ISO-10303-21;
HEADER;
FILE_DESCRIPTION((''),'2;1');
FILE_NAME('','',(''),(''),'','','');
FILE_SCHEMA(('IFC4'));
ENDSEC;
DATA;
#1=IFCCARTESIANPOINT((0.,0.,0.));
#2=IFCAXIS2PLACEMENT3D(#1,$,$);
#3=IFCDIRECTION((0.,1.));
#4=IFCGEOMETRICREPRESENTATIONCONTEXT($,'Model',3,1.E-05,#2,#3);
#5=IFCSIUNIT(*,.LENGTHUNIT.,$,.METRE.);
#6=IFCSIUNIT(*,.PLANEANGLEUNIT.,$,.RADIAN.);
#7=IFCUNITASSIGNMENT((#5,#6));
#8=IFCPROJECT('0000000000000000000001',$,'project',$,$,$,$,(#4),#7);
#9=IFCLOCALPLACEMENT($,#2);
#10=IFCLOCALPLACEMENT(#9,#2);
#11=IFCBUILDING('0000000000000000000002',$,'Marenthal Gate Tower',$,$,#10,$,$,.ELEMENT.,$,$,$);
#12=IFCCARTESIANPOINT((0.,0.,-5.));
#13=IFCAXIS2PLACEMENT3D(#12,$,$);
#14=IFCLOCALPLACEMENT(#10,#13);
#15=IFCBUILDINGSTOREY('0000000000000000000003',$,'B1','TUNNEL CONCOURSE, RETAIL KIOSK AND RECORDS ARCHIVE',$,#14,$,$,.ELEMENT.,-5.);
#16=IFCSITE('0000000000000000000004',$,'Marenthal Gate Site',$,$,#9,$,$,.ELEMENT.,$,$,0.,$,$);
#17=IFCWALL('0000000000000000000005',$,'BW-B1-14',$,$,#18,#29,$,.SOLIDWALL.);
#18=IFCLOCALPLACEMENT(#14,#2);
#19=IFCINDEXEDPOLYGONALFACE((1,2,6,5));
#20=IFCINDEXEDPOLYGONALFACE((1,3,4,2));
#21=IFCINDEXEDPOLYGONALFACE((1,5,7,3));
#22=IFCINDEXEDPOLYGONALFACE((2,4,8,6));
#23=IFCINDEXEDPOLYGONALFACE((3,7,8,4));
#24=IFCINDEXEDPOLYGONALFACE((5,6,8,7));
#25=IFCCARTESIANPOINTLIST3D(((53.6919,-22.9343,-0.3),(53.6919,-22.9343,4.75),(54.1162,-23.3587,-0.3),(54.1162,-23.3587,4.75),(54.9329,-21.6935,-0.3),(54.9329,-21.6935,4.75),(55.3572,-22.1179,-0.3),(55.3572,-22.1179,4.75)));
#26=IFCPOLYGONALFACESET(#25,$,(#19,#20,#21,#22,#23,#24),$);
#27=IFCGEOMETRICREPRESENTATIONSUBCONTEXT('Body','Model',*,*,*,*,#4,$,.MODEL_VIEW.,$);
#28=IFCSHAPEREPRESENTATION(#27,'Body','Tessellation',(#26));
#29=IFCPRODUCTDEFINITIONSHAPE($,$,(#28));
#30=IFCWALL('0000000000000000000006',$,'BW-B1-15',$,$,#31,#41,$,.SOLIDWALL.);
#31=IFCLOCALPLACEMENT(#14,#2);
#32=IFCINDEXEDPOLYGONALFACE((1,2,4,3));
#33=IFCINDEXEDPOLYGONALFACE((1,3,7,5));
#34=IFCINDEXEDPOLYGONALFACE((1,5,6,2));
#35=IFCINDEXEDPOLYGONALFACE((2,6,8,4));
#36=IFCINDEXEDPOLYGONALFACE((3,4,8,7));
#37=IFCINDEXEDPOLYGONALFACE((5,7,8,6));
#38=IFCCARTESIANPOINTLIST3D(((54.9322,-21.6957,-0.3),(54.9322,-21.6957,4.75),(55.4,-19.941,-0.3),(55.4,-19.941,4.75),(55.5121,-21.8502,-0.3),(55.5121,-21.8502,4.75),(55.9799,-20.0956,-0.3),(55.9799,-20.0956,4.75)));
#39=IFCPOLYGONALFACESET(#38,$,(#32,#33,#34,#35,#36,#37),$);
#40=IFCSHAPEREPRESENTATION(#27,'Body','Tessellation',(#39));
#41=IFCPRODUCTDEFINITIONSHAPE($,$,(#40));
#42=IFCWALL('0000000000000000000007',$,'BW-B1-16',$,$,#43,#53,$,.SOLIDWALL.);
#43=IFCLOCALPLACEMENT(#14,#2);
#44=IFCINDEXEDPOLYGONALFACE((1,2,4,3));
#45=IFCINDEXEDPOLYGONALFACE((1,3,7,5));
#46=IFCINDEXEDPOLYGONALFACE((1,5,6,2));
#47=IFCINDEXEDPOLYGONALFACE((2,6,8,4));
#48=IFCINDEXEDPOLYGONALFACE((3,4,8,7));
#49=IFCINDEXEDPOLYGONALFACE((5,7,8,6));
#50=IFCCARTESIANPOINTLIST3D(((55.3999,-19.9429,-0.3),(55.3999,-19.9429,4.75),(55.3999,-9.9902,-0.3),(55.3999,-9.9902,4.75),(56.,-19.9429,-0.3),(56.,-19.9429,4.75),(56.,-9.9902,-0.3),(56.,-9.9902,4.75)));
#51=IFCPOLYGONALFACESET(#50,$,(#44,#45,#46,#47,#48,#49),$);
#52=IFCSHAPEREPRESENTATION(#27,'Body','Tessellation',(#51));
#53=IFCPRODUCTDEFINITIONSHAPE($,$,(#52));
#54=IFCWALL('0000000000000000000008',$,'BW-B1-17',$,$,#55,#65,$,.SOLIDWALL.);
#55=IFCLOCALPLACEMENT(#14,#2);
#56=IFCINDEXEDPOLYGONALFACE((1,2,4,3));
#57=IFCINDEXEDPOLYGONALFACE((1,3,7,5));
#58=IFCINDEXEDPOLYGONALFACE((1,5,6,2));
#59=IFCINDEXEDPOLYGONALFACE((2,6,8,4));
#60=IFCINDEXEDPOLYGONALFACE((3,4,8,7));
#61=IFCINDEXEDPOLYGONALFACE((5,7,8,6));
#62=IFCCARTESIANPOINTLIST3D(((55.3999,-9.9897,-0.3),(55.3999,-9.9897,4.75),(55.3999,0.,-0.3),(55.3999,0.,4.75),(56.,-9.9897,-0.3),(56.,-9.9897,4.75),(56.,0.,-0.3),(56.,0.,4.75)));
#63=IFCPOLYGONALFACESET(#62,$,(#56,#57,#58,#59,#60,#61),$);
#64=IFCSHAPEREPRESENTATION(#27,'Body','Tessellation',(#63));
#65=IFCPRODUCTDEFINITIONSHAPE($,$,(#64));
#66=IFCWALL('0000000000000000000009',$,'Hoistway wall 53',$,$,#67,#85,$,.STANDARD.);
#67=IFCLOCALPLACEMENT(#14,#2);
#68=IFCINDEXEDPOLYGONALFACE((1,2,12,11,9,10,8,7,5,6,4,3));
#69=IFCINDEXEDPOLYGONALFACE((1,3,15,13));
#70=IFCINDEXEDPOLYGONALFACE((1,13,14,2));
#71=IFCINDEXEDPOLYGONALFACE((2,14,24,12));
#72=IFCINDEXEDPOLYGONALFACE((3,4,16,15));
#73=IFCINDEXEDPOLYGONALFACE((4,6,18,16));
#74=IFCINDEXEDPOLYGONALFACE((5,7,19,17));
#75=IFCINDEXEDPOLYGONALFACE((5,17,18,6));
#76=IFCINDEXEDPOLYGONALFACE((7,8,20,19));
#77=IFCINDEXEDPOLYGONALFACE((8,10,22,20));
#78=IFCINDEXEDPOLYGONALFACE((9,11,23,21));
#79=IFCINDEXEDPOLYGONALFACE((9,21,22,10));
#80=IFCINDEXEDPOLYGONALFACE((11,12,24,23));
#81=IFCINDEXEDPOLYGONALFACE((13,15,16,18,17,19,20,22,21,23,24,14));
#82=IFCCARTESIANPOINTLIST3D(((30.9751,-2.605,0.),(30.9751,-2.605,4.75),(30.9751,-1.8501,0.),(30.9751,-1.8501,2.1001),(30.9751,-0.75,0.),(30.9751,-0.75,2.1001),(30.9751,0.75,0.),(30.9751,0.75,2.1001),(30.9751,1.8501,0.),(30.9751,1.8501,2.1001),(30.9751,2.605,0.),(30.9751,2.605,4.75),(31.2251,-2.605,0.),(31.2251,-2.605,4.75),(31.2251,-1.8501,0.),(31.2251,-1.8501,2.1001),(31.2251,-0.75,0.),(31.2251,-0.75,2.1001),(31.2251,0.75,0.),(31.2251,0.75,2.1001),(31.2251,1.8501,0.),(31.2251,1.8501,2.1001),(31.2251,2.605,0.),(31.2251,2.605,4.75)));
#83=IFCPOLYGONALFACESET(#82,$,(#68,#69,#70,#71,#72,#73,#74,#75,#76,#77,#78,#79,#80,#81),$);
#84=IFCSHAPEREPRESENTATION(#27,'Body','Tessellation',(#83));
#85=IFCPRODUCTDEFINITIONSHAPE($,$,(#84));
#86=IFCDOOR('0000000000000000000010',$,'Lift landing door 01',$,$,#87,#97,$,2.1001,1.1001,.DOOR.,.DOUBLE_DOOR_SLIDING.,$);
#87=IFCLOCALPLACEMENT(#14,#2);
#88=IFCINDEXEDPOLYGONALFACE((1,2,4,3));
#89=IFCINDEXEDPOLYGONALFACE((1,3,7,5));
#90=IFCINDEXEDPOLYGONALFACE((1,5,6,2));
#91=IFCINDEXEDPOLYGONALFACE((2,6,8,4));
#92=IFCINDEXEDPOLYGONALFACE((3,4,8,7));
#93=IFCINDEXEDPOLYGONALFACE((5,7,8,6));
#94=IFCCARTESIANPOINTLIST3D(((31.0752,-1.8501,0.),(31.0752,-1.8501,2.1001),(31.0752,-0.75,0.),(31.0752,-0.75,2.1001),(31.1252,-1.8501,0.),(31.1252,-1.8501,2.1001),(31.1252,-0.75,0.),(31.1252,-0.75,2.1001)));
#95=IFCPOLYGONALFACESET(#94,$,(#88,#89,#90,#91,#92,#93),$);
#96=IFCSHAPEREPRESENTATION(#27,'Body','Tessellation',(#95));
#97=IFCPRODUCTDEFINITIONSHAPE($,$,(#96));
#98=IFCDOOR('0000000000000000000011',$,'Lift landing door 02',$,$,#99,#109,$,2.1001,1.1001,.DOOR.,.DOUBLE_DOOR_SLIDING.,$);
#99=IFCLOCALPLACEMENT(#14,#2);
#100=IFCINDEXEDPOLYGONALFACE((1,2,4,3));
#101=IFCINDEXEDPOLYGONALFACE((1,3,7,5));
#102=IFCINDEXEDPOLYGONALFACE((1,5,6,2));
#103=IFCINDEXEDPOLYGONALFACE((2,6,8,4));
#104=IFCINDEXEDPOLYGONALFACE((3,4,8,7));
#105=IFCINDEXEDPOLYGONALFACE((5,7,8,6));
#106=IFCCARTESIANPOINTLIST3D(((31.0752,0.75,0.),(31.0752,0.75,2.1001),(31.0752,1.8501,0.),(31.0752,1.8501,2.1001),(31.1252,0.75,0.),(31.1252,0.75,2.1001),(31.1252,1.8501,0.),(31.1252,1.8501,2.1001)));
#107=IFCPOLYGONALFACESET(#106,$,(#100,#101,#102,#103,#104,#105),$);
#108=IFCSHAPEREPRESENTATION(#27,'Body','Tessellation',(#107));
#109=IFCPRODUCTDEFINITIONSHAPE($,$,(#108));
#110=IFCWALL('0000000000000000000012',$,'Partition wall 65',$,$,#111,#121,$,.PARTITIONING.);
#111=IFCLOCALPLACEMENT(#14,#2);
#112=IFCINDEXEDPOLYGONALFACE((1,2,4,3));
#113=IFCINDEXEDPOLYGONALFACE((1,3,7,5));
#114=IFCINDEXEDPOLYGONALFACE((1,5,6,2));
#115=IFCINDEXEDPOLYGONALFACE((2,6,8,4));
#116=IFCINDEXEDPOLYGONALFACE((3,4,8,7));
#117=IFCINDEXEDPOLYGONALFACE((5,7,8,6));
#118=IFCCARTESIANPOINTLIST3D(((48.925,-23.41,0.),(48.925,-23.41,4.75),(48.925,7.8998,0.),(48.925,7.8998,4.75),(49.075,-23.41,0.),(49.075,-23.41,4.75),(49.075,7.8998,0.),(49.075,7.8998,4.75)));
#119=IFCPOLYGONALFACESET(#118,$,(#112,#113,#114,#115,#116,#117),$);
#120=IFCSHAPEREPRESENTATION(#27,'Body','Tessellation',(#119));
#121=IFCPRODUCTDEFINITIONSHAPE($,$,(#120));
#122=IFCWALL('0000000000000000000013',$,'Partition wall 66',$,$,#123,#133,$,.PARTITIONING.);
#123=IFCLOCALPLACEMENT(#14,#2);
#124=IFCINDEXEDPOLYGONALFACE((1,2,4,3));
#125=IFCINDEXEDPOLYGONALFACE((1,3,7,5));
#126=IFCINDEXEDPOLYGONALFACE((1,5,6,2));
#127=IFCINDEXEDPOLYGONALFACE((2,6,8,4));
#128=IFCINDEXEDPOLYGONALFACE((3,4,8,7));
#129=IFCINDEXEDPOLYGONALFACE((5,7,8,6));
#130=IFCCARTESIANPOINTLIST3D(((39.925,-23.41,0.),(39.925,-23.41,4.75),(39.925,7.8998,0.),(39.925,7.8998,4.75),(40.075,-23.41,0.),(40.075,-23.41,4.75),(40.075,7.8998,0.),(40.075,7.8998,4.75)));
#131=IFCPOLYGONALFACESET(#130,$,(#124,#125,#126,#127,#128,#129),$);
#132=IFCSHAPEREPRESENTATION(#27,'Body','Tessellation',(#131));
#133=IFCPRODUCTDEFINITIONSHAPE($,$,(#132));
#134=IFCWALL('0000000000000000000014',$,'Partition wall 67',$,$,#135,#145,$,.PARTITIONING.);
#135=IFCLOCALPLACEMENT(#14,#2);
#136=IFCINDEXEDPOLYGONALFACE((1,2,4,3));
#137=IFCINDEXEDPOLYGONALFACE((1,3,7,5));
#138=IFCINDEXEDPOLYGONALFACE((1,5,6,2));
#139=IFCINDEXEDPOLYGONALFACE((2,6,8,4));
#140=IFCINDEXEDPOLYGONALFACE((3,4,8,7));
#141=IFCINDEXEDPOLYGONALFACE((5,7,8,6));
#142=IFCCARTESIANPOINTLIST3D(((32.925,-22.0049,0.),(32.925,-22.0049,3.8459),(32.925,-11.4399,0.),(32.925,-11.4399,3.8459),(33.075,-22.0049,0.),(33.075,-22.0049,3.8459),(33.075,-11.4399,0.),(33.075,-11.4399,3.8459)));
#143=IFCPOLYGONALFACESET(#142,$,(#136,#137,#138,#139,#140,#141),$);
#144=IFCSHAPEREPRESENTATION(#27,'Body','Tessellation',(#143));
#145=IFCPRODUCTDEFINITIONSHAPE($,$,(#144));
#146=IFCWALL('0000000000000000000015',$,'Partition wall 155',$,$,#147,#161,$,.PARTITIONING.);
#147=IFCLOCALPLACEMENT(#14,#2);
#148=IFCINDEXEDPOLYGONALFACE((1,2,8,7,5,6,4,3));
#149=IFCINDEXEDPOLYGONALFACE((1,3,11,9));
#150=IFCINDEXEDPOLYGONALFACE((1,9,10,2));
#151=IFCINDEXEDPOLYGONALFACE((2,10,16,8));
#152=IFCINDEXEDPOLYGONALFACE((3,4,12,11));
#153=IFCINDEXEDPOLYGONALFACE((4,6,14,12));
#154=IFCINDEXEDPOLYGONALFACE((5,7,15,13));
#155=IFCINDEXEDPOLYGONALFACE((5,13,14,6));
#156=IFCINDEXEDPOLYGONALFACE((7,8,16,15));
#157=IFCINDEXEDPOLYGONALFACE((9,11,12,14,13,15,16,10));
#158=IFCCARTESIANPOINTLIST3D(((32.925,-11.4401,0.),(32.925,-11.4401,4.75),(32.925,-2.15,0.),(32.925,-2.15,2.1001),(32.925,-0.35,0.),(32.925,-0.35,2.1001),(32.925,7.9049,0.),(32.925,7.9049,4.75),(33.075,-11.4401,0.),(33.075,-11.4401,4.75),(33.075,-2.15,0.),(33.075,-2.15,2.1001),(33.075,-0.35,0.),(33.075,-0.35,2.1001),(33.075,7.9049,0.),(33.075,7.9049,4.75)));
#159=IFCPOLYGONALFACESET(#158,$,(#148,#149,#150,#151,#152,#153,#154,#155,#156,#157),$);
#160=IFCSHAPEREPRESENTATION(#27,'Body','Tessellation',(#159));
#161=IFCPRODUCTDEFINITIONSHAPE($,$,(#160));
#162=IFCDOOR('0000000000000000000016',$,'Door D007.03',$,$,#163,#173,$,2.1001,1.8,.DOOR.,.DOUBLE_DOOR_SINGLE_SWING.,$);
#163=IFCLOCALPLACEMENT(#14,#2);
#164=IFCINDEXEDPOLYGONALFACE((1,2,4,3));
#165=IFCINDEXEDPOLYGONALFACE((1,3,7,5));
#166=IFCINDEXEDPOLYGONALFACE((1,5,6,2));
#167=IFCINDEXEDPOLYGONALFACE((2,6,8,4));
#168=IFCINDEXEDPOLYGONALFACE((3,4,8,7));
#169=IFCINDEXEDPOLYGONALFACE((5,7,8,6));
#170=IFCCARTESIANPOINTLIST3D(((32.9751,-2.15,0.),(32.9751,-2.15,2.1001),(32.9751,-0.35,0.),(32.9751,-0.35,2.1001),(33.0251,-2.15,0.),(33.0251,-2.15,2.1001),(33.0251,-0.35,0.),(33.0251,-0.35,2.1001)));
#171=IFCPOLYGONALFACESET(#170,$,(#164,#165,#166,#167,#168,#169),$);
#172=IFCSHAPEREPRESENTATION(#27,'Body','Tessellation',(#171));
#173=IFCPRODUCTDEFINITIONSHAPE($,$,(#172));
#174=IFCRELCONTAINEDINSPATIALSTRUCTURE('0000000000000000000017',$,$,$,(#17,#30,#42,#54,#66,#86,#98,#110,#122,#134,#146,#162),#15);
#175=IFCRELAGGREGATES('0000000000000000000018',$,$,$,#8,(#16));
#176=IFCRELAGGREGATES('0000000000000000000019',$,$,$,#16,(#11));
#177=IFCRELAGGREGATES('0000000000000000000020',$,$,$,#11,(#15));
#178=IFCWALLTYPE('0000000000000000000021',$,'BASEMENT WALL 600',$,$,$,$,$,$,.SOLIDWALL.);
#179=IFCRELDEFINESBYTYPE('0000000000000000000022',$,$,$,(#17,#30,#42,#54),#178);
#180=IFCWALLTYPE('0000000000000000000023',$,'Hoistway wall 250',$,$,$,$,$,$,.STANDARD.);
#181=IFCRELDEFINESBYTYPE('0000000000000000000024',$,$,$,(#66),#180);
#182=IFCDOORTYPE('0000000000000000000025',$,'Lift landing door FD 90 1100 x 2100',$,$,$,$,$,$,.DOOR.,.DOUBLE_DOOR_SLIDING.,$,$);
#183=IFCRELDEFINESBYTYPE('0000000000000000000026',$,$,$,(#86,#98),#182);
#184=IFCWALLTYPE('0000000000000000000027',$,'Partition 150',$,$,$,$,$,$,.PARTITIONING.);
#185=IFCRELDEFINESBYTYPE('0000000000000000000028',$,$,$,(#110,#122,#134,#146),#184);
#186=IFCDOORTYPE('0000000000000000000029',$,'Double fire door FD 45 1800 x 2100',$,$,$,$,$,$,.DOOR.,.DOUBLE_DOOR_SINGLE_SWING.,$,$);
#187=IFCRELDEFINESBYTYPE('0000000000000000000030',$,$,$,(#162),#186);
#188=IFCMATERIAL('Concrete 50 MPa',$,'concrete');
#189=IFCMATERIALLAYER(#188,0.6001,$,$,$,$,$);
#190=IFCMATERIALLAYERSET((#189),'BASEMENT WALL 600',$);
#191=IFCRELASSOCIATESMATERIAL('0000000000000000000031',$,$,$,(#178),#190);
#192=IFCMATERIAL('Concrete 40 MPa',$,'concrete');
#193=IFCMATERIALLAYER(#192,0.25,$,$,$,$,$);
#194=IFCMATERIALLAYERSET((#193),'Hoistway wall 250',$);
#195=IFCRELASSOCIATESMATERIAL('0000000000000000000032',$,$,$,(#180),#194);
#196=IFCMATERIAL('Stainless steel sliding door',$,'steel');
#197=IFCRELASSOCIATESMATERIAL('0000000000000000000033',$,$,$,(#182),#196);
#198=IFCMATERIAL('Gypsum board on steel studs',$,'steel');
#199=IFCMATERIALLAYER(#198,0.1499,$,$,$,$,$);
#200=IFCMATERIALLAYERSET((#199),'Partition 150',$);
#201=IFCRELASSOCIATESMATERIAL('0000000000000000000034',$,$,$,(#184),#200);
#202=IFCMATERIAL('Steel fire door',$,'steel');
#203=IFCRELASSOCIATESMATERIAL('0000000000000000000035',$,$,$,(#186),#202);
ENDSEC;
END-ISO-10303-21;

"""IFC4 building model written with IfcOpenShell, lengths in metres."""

from ifc_helpers import new_model, si_unit, direction, frame, frame_2d, origin, place, context, subcontext, project, spatial, rectangle, extrude, material, layer, layer_set, type_object, element, fill, save


model = new_model("IFC4")

# Units and contexts
model_context = context("Model", 3, precision=1e-05, world=origin(), true_north=direction((0.0, 1.0)))
body_context = subcontext(model_context, "Body", "Model", "MODEL_VIEW")
ifc_project = project(units=[si_unit("LENGTHUNIT", "METRE"), si_unit("PLANEANGLEUNIT", "RADIAN")], contexts=[model_context])

# Site, building, storey
site_placement = place(None, origin())
site = spatial("IfcSite", under=ifc_project, at=site_placement, Name="Marenthal Gate Site", CompositionType="ELEMENT", RefElevation=0.0)
building_placement = place(site_placement, origin())
building = spatial("IfcBuilding", under=site, at=building_placement, Name="Marenthal Gate Tower", CompositionType="ELEMENT")
storey_placement = place(building_placement, frame((0.0, 0.0, -5.0)))
storey = spatial("IfcBuildingStorey", under=building, at=storey_placement, Name="B1", Description="TUNNEL CONCOURSE, RETAIL KIOSK AND RECORDS ARCHIVE", CompositionType="ELEMENT", Elevation=-5.0)

# Walls
ifc_material_1 = material(Name="Concrete 50 MPa", Category="concrete")
ifc_layer_1 = layer(ifc_material_1, 0.6001)
ifc_layer_set_1 = layer_set([ifc_layer_1], Name="BASEMENT WALL 600")
wall_type_1 = type_object("IfcWallType", Name="BASEMENT WALL 600", PredefinedType="SOLIDWALL", material=ifc_layer_set_1)
wall_1_placement = place(storey_placement, frame((53.9041, -23.1465, -0.3), z_axis=(0.0, 0.0, 1.0), x_axis=(0.707176, 0.707037, 0.0)))
element("IfcWall", 1, at=wall_1_placement, inside=storey, type_object=wall_type_1, Name="BW-B1-14", PredefinedType="SOLIDWALL", context=body_context, shape_type="SweptSolid", body=[
    extrude(rectangle(XDim=1.7549, YDim=0.6001, at=frame_2d((0.8774, 0.0))), origin(), (0.0, 0.0, 1.0), 5.05),
])
wall_2_placement = place(storey_placement, frame((55.2222, -21.7729, -0.3), z_axis=(0.0, 0.0, 1.0), x_axis=(0.257596, 0.966253, 0.0)))
element("IfcWall", 2, at=wall_2_placement, inside=storey, type_object=wall_type_1, Name="BW-B1-15", PredefinedType="SOLIDWALL", context=body_context, shape_type="SweptSolid", body=[
    extrude(rectangle(XDim=1.8159, YDim=0.6001, at=frame_2d((0.908, 0.0))), origin(), (0.0, 0.0, 1.0), 5.05),
])
wall_3_placement = place(storey_placement, frame((55.7, -19.9429, -0.3), z_axis=(0.0, 0.0, 1.0), x_axis=(0.0, 1.0, 0.0)))
element("IfcWall", 3, at=wall_3_placement, inside=storey, type_object=wall_type_1, Name="BW-B1-16", PredefinedType="SOLIDWALL", context=body_context, shape_type="SweptSolid", body=[
    extrude(rectangle(XDim=9.9526, YDim=0.6001, at=frame_2d((4.9763, 0.0))), origin(), (0.0, 0.0, 1.0), 5.05),
])
wall_4_placement = place(storey_placement, frame((55.7, -9.9897, -0.3), z_axis=(0.0, 0.0, 1.0), x_axis=(0.0, 1.0, 0.0)))
element("IfcWall", 4, at=wall_4_placement, inside=storey, type_object=wall_type_1, Name="BW-B1-17", PredefinedType="SOLIDWALL", context=body_context, shape_type="SweptSolid", body=[
    extrude(rectangle(XDim=9.9897, YDim=0.6001, at=frame_2d((4.9949, 0.0))), origin(), (0.0, 0.0, 1.0), 5.05),
])

# Wall, openings, doors
ifc_material_2 = material(Name="Concrete 40 MPa", Category="concrete")
ifc_layer_2 = layer(ifc_material_2, 0.25)
ifc_layer_set_2 = layer_set([ifc_layer_2], Name="Hoistway wall 250")
wall_type_2 = type_object("IfcWallType", Name="Hoistway wall 250", PredefinedType="STANDARD", material=ifc_layer_set_2)
wall_5_placement = place(storey_placement, frame((31.1001, -2.605, 0.0), z_axis=(0.0, 0.0, 1.0), x_axis=(0.0, 1.0, 0.0)))
wall_5 = element("IfcWall", 5, at=wall_5_placement, inside=storey, type_object=wall_type_2, Name="Hoistway wall 53", PredefinedType="STANDARD", context=body_context, shape_type="SweptSolid", body=[
    extrude(rectangle(XDim=5.21, YDim=0.25, at=frame_2d((2.605, 0.0))), origin(), (0.0, 0.0, 1.0), 4.75),
])
opening_1_placement = place(wall_5_placement, frame((0.7549, 0.0, 0.0)))
opening_1 = element("IfcOpeningElement", 6, at=opening_1_placement, cuts=wall_5, PredefinedType="OPENING", context=body_context, shape_type="SweptSolid", body=[
    extrude(rectangle(XDim=1.1001, YDim=2.1001, at=frame_2d((0.55, 1.05))), frame((0.0, 0.135, 0.0), z_axis=(0.0, -1.0, 0.0), x_axis=(1.0, 0.0, 0.0)), (0.0, 0.0, 1.0), 0.27),
])
opening_2_placement = place(wall_5_placement, frame((3.355, 0.0, 0.0)))
opening_2 = element("IfcOpeningElement", 7, at=opening_2_placement, cuts=wall_5, PredefinedType="OPENING", context=body_context, shape_type="SweptSolid", body=[
    extrude(rectangle(XDim=1.1001, YDim=2.1001, at=frame_2d((0.55, 1.05))), frame((0.0, 0.135, 0.0), z_axis=(0.0, -1.0, 0.0), x_axis=(1.0, 0.0, 0.0)), (0.0, 0.0, 1.0), 0.27),
])
ifc_material_3 = material(Name="Stainless steel sliding door", Category="steel")
door_type_1 = type_object("IfcDoorType", Name="Lift landing door FD 90 1100 x 2100", OperationType="DOUBLE_DOOR_SLIDING", PredefinedType="DOOR", material=ifc_material_3)
door_1_placement = place(opening_1_placement, origin())
door_1 = element("IfcDoor", 8, at=door_1_placement, inside=storey, type_object=door_type_1, Name="Lift landing door 01", OperationType="DOUBLE_DOOR_SLIDING", OverallHeight=2.1001, OverallWidth=1.1001, PredefinedType="DOOR", context=body_context, shape_type="SweptSolid", body=[
    extrude(rectangle(XDim=1.1001, YDim=2.1001, at=frame_2d((0.55, 1.05))), frame((0.0, 0.0249, 0.0), z_axis=(0.0, -1.0, 0.0), x_axis=(1.0, 0.0, 0.0)), (0.0, 0.0, 1.0), 0.05),
])
fill(opening_1, door_1)
door_2_placement = place(opening_2_placement, origin())
door_2 = element("IfcDoor", 9, at=door_2_placement, inside=storey, type_object=door_type_1, Name="Lift landing door 02", OperationType="DOUBLE_DOOR_SLIDING", OverallHeight=2.1001, OverallWidth=1.1001, PredefinedType="DOOR", context=body_context, shape_type="SweptSolid", body=[
    extrude(rectangle(XDim=1.1001, YDim=2.1001, at=frame_2d((0.55, 1.05))), frame((0.0, 0.0249, 0.0), z_axis=(0.0, -1.0, 0.0), x_axis=(1.0, 0.0, 0.0)), (0.0, 0.0, 1.0), 0.05),
])
fill(opening_2, door_2)

# Walls
ifc_material_4 = material(Name="Gypsum board on steel studs", Category="steel")
ifc_layer_3 = layer(ifc_material_4, 0.1499)
ifc_layer_set_3 = layer_set([ifc_layer_3], Name="Partition 150")
wall_type_3 = type_object("IfcWallType", Name="Partition 150", PredefinedType="PARTITIONING", material=ifc_layer_set_3)
for number, where, z_axis, x_axis, name in (
    (10, (49.0, -23.4099, 0.0), (0.0, 0.0, 1.0), (0.0, 1.0, 0.0), "Partition wall 65"),
    (11, (40.0, -23.4099, 0.0), (0.0, 0.0, 1.0), (0.0, 1.0, 0.0), "Partition wall 66"),
):
    element("IfcWall", number, at=place(storey_placement, frame(where, z_axis=z_axis, x_axis=x_axis)), inside=storey, type_object=wall_type_3, Name=name, PredefinedType="PARTITIONING", context=body_context, shape_type="SweptSolid", body=[
        extrude(rectangle(XDim=31.3098, YDim=0.1499, at=frame_2d((15.6548, 0.0))), origin(), (0.0, 0.0, 1.0), 4.75),
    ])
wall_6_placement = place(storey_placement, frame((33.0, -22.0049, 0.0), z_axis=(0.0, 0.0, 1.0), x_axis=(0.0, 1.0, 0.0)))
element("IfcWall", 12, at=wall_6_placement, inside=storey, type_object=wall_type_3, Name="Partition wall 67", PredefinedType="PARTITIONING", context=body_context, shape_type="SweptSolid", body=[
    extrude(rectangle(XDim=10.5649, YDim=0.1499, at=frame_2d((5.2825, 0.0))), origin(), (0.0, 0.0, 1.0), 3.8459),
])

# Wall, opening, door
wall_7_placement = place(storey_placement, frame((33.0, -11.4399, 0.0), z_axis=(0.0, 0.0, 1.0), x_axis=(0.0, 1.0, 0.0)))
wall_7 = element("IfcWall", 13, at=wall_7_placement, inside=storey, type_object=wall_type_3, Name="Partition wall 155", PredefinedType="PARTITIONING", context=body_context, shape_type="SweptSolid", body=[
    extrude(rectangle(XDim=19.345, YDim=0.1499, at=frame_2d((9.6724, 0.0))), origin(), (0.0, 0.0, 1.0), 4.75),
])
opening_3_placement = place(wall_7_placement, frame((9.29, 0.0, 0.0)))
opening_3 = element("IfcOpeningElement", 14, at=opening_3_placement, cuts=wall_7, PredefinedType="OPENING", context=body_context, shape_type="SweptSolid", body=[
    extrude(rectangle(XDim=1.8, YDim=2.1001, at=frame_2d((0.8999, 1.05))), frame((0.0, 0.085, 0.0), z_axis=(0.0, -1.0, 0.0), x_axis=(1.0, 0.0, 0.0)), (0.0, 0.0, 1.0), 0.1699),
])
ifc_material_5 = material(Name="Steel fire door", Category="steel")
door_type_2 = type_object("IfcDoorType", Name="Double fire door FD 45 1800 x 2100", OperationType="DOUBLE_DOOR_SINGLE_SWING", PredefinedType="DOOR", material=ifc_material_5)
door_3_placement = place(opening_3_placement, origin())
door_3 = element("IfcDoor", 15, at=door_3_placement, inside=storey, type_object=door_type_2, Name="Door D007.03", OperationType="DOUBLE_DOOR_SINGLE_SWING", OverallHeight=2.1001, OverallWidth=1.8, PredefinedType="DOOR", context=body_context, shape_type="SweptSolid", body=[
    extrude(rectangle(XDim=1.8, YDim=2.1001, at=frame_2d((0.8999, 1.05))), frame((0.0, 0.0249, 0.0), z_axis=(0.0, -1.0, 0.0), x_axis=(1.0, 0.0, 0.0)), (0.0, 0.0, 1.0), 0.05),
])
fill(opening_3, door_3)

save(model, "model.ifc")
